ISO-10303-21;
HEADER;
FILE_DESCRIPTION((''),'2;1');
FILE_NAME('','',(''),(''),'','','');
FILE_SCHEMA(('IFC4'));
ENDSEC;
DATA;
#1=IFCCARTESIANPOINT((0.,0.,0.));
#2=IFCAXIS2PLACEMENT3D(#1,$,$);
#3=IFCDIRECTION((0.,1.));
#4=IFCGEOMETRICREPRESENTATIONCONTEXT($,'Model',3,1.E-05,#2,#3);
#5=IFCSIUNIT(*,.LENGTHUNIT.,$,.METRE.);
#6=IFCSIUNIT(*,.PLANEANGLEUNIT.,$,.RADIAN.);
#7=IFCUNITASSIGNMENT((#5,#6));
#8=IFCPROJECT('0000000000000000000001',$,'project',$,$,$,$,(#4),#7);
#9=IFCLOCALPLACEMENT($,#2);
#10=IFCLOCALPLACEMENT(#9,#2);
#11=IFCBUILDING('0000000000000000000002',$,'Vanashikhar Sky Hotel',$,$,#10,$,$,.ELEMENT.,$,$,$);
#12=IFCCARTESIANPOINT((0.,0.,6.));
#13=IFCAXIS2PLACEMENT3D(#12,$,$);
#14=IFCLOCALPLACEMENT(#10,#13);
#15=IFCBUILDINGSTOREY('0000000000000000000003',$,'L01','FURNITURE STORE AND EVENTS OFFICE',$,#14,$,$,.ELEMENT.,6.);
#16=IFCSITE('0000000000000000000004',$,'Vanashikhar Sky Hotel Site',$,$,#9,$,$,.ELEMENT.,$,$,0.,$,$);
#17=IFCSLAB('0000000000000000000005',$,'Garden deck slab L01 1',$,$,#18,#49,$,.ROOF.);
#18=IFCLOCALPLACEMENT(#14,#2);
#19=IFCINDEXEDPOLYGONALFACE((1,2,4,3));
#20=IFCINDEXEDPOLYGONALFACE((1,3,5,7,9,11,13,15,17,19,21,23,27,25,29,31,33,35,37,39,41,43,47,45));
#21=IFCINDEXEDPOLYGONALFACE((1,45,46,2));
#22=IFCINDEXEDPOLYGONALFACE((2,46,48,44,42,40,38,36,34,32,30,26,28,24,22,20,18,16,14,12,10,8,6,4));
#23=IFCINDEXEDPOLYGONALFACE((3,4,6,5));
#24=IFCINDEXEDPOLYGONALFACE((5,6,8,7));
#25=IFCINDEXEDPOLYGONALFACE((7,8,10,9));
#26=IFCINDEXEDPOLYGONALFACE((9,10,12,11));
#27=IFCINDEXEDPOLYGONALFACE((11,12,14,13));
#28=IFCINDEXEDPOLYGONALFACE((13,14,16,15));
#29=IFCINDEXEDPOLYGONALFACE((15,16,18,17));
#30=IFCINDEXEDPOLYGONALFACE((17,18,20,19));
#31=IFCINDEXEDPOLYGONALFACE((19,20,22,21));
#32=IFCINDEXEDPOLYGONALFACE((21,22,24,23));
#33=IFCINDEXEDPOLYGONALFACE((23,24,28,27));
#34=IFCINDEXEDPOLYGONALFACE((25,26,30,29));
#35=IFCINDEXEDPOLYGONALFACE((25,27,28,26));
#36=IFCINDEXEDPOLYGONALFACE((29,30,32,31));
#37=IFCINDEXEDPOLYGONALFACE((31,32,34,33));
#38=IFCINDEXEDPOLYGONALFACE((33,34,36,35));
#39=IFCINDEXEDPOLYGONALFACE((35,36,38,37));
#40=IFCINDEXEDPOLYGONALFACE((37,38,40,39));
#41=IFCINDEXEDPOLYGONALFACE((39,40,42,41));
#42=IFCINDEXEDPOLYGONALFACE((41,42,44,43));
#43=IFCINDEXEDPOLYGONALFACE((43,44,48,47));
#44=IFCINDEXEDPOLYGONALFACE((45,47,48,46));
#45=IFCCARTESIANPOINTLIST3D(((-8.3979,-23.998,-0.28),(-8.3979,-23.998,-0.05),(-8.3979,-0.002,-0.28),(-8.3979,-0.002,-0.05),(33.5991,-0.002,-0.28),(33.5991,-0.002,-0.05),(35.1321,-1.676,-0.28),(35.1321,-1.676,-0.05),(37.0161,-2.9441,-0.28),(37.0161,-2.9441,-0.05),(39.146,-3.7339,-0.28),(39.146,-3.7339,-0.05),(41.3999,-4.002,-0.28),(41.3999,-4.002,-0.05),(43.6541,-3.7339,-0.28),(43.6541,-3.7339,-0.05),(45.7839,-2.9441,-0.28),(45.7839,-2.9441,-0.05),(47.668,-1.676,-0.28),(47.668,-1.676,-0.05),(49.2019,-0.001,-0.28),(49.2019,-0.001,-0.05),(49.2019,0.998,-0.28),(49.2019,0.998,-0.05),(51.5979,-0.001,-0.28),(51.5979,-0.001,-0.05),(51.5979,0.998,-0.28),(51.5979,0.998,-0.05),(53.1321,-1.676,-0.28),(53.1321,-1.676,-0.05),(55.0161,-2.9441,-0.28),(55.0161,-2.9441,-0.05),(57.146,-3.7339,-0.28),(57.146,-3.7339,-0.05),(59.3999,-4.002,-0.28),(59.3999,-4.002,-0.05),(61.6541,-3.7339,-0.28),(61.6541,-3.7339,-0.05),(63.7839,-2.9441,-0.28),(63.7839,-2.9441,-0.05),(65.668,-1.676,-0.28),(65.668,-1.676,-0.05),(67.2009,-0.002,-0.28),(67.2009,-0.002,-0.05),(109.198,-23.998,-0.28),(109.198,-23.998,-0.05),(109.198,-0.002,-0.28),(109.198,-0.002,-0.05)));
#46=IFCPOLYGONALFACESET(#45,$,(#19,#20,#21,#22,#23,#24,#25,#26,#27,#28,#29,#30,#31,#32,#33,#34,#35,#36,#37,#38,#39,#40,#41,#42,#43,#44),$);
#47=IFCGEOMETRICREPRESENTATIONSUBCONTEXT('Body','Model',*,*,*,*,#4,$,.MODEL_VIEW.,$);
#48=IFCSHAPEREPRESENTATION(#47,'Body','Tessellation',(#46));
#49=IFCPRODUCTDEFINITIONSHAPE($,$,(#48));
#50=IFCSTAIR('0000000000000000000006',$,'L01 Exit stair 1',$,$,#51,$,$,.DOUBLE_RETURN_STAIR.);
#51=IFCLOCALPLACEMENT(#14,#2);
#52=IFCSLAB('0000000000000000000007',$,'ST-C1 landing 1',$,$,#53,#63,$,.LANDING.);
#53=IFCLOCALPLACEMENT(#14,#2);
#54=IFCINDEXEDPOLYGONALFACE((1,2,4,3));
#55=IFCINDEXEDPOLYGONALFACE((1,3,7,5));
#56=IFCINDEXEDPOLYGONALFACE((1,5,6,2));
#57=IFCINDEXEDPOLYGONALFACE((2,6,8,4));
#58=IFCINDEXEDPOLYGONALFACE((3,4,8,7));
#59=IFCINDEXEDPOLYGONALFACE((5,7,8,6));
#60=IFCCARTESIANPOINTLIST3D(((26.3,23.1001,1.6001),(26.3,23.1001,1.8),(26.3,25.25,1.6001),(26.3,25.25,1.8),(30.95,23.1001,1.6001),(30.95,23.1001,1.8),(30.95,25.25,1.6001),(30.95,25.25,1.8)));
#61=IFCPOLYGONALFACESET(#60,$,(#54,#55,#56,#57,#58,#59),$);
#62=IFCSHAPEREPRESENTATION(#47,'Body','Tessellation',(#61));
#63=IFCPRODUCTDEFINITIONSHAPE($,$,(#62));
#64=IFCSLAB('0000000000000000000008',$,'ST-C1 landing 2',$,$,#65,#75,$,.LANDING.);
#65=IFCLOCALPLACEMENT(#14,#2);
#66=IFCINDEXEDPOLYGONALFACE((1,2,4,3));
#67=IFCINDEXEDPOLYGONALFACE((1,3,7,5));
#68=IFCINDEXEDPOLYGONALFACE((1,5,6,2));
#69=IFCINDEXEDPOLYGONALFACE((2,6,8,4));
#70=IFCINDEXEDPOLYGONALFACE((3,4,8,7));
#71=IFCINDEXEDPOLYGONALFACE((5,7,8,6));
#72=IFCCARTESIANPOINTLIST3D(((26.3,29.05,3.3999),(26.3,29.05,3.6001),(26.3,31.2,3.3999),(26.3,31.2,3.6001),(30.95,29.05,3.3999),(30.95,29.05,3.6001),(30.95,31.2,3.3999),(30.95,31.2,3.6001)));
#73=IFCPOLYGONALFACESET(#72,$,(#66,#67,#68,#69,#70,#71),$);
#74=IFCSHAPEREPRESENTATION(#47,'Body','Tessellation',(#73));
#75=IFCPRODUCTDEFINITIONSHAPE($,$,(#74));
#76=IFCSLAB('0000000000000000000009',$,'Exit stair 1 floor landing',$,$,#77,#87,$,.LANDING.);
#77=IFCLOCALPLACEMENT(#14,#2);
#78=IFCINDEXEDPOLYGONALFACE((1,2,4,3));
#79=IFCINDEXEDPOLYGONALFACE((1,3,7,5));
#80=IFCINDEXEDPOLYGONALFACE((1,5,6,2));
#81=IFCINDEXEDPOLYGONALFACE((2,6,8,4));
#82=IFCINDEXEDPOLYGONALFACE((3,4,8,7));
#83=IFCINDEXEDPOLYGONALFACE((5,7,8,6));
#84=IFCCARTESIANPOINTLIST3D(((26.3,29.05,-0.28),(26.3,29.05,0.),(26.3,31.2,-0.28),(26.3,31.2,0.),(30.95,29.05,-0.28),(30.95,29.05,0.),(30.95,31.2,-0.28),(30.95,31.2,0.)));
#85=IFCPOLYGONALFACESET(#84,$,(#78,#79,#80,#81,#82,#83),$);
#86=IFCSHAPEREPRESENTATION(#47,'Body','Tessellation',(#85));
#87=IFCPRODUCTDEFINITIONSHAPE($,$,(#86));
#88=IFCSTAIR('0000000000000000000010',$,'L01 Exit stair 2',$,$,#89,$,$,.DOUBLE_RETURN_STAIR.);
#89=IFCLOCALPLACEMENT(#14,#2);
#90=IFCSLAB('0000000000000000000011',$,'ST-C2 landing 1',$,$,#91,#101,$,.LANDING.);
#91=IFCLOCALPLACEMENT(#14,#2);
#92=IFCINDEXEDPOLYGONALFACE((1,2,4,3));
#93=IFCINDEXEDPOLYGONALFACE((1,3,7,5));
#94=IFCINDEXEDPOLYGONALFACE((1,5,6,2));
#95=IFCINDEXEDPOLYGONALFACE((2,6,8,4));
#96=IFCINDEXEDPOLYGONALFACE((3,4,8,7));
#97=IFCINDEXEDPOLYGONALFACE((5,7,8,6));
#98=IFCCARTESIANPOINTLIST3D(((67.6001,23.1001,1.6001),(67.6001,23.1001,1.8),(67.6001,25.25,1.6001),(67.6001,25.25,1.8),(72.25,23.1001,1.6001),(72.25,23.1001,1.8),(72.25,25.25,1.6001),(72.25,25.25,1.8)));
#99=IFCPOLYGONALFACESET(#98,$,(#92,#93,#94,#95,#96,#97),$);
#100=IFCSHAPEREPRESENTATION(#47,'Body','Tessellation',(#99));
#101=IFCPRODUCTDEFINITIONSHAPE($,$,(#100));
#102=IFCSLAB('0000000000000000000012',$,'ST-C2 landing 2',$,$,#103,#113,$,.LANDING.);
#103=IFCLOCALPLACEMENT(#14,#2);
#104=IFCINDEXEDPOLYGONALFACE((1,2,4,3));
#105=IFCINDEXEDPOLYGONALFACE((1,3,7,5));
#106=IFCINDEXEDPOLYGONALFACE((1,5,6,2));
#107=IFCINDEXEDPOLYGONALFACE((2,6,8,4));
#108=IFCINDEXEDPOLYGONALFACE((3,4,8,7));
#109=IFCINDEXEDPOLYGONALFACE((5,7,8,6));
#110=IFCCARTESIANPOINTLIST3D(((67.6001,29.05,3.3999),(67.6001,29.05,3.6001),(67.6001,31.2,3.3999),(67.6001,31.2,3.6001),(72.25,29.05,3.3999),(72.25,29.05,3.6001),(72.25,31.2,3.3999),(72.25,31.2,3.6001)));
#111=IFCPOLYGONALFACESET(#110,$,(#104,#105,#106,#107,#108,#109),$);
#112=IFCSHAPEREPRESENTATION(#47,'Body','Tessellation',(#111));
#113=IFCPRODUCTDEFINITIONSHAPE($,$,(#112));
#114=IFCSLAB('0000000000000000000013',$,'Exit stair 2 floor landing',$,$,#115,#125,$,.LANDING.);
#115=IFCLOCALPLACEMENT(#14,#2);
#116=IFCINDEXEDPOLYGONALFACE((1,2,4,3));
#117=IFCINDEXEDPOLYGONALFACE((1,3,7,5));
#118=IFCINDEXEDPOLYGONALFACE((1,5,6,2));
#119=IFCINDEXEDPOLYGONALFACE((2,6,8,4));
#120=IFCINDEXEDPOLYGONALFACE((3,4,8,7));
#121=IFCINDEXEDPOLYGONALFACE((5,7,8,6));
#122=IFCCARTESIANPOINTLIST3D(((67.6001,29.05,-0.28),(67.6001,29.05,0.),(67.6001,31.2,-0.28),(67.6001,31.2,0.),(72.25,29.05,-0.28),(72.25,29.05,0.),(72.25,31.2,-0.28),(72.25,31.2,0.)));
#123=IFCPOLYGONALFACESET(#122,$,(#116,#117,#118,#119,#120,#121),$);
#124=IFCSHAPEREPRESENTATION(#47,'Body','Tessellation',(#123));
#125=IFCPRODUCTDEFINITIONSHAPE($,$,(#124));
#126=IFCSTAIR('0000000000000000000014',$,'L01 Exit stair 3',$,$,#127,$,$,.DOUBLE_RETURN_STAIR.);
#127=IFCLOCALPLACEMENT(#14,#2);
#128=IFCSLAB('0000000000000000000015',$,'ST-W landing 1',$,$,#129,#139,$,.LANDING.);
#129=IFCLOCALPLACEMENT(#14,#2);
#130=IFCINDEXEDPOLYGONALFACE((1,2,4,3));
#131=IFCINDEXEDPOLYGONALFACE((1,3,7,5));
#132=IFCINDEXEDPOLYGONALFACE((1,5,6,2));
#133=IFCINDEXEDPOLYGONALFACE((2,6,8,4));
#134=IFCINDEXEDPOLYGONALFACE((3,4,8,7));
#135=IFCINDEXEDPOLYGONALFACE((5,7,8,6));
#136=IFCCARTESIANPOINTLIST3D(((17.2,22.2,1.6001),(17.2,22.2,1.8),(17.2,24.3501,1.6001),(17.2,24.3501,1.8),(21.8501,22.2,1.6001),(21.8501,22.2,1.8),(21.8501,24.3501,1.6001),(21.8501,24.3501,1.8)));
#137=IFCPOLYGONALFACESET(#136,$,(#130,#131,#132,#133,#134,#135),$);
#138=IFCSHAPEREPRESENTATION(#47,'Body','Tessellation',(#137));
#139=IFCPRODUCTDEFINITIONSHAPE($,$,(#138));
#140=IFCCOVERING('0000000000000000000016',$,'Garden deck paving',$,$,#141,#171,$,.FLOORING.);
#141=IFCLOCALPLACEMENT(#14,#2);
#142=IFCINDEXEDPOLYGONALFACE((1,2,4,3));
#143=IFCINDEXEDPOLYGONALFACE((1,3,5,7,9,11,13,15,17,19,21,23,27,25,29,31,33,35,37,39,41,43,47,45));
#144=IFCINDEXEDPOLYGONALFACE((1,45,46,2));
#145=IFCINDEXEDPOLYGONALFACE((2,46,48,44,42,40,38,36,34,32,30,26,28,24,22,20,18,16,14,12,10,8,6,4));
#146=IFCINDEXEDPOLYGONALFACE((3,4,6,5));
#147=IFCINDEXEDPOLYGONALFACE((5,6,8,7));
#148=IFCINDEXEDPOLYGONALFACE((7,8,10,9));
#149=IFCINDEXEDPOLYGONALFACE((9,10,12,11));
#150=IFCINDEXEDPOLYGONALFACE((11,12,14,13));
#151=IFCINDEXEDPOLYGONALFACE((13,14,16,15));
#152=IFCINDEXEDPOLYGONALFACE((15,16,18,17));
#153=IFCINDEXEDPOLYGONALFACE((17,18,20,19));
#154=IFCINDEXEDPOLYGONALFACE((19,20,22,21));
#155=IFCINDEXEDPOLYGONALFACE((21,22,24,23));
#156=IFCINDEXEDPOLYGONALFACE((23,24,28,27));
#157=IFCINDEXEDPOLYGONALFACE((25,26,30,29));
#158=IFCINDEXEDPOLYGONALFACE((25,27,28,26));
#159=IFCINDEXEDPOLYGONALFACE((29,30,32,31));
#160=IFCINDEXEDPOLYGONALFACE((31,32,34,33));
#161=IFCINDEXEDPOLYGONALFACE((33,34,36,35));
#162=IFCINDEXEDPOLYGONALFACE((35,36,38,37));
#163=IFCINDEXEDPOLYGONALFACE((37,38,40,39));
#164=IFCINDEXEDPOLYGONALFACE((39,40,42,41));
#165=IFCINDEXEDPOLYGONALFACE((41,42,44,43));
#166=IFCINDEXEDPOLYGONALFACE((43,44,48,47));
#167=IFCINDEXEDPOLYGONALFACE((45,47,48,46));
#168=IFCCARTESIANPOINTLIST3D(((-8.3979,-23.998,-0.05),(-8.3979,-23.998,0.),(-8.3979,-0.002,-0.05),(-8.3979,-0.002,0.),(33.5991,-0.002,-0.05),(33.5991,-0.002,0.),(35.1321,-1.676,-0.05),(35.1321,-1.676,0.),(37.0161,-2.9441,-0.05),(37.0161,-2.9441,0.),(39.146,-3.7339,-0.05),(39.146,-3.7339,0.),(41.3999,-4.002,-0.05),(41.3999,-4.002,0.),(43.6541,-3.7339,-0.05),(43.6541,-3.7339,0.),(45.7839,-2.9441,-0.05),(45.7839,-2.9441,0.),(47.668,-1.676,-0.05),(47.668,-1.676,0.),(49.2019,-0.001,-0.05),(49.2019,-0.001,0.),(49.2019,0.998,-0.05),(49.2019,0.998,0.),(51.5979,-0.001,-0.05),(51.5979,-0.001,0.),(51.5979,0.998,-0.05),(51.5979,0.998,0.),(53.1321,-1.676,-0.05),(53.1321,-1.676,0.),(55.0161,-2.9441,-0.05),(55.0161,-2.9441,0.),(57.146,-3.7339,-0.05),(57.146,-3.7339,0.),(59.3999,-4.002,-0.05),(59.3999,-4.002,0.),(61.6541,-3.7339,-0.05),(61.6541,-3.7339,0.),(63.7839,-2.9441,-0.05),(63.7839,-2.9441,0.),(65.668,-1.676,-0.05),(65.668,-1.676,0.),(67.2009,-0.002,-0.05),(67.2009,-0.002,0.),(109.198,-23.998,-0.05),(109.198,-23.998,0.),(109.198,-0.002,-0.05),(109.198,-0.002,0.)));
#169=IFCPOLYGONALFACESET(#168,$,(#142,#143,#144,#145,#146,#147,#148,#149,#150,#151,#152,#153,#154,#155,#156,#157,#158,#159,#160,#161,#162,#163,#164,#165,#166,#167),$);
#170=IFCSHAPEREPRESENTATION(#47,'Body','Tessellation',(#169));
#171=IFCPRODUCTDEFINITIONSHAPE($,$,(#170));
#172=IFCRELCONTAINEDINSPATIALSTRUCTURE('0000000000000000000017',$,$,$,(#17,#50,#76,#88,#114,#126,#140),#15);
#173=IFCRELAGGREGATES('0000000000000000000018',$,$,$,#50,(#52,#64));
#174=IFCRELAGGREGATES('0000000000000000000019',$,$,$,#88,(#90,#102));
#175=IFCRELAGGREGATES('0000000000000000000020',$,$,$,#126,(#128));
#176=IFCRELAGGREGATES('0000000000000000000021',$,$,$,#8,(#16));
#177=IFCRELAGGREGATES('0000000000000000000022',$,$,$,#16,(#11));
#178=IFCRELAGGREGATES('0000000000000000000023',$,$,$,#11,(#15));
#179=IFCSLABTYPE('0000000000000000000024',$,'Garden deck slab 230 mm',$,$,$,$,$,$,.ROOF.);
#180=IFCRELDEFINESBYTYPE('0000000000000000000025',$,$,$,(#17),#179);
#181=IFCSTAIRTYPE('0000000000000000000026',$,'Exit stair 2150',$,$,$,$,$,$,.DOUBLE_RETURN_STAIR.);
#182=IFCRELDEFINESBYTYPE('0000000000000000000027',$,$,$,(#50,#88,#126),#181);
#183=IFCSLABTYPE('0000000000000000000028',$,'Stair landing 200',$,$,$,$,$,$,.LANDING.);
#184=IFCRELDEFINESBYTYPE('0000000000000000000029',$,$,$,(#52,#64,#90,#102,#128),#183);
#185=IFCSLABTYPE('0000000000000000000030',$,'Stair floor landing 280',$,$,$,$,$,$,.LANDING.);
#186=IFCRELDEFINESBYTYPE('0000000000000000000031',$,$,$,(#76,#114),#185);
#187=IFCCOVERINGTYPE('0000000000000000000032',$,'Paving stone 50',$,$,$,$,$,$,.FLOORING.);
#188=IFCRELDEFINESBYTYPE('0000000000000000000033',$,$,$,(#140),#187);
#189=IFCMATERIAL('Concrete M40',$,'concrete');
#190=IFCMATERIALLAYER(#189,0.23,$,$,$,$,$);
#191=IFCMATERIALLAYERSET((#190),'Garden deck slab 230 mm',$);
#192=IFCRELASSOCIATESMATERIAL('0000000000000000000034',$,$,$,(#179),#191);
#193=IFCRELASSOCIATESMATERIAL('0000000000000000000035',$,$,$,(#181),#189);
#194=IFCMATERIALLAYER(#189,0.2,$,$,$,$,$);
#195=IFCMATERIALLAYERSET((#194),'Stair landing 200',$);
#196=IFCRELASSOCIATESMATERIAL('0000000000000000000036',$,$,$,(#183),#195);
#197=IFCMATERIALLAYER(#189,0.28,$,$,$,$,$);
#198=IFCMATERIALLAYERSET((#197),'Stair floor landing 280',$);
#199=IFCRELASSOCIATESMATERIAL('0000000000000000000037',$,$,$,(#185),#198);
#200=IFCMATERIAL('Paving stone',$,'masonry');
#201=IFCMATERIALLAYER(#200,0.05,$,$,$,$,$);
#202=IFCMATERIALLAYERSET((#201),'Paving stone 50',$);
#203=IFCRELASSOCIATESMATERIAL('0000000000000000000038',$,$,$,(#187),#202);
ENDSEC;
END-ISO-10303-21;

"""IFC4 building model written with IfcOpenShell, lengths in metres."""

from ifc_helpers import new_model, si_unit, direction, frame, origin, place, context, subcontext, project, spatial, polyline, outline, extrude, source, transform, mapped, material, layer, layer_set, type_object, element, aggregate, save


model = new_model("IFC4")

# Units and contexts
model_context = context("Model", 3, precision=1e-05, world=origin(), true_north=direction((0.0, 1.0)))
body_context = subcontext(model_context, "Body", "Model", "MODEL_VIEW")
ifc_project = project(units=[si_unit("LENGTHUNIT", "METRE"), si_unit("PLANEANGLEUNIT", "RADIAN")], contexts=[model_context])

# Site, building, storey
site_placement = place(None, origin())
site = spatial("IfcSite", under=ifc_project, at=site_placement, Name="Vanashikhar Sky Hotel Site", CompositionType="ELEMENT", RefElevation=0.0)
building_placement = place(site_placement, origin())
building = spatial("IfcBuilding", under=site, at=building_placement, Name="Vanashikhar Sky Hotel", CompositionType="ELEMENT")
storey_placement = place(building_placement, frame((0.0, 0.0, 6.0)))
storey = spatial("IfcBuildingStorey", under=building, at=storey_placement, Name="L01", Description="FURNITURE STORE AND EVENTS OFFICE", CompositionType="ELEMENT", Elevation=6.0)

# Slab
ifc_material_1 = material(Name="Concrete M40", Category="concrete")
ifc_layer_1 = layer(ifc_material_1, 0.23)
ifc_layer_set_1 = layer_set([ifc_layer_1], Name="Garden deck slab 230 mm")
slab_type_1 = type_object("IfcSlabType", Name="Garden deck slab 230 mm", PredefinedType="ROOF", material=ifc_layer_set_1)
shared_shape_1 = source(origin(), body_context, "Body", "SweptSolid", [
    extrude(outline(polyline([(109.198, -0.002), (67.2009, -0.002), (65.668, -1.676), (63.7839, -2.9441), (61.6541, -3.7339), (59.3999, -4.002), (57.146, -3.7339), (55.0161, -2.9441), (53.1321, -1.676), (51.5979, -0.001), (51.5979, 0.998), (49.2019, 0.998), (49.2019, -0.001), (47.668, -1.676), (45.7839, -2.9441), (43.6541, -3.7339), (41.3999, -4.002), (39.146, -3.7339), (37.0161, -2.9441), (35.1321, -1.676), (33.5991, -0.002), (-8.3979, -0.002), (-8.3979, -23.998), (109.198, -23.998), (109.198, -0.002)])), origin(), (0.0, 0.0, 1.0), 0.23),
])
slab_1_placement = place(storey_placement, frame((0.0, 0.0, -0.28)))
element("IfcSlab", 1, at=slab_1_placement, inside=storey, type_object=slab_type_1, Name="Garden deck slab L01 1", PredefinedType="ROOF", context=body_context, shape_type="MappedRepresentation", body=[
    mapped(shared_shape_1, transform((0.0, 0.0, 0.0), scale=1.0)),
])

# Stair, slabs
stair_type = type_object("IfcStairType", Name="Exit stair 2150", PredefinedType="DOUBLE_RETURN_STAIR", material=ifc_material_1)
stair_1_placement = place(storey_placement, origin())
stair_1 = element("IfcStair", 2, at=stair_1_placement, inside=storey, type_object=stair_type, Name="L01 Exit stair 1", PredefinedType="DOUBLE_RETURN_STAIR")
ifc_layer_2 = layer(ifc_material_1, 0.2)
ifc_layer_set_2 = layer_set([ifc_layer_2], Name="Stair landing 200")
slab_type_2 = type_object("IfcSlabType", Name="Stair landing 200", PredefinedType="LANDING", material=ifc_layer_set_2)
shared_shape_2 = source(origin(), body_context, "Body", "SweptSolid", [
    extrude(outline(polyline([(30.95, 23.1001), (30.95, 25.25), (26.3, 25.25), (26.3, 23.1001), (30.95, 23.1001)])), origin(), (0.0, 0.0, 1.0), 0.2),
])
slab_2_placement = place(storey_placement, frame((0.0, 0.0, 1.6001)))
slab_2 = element("IfcSlab", 3, at=slab_2_placement, type_object=slab_type_2, Name="ST-C1 landing 1", PredefinedType="LANDING", context=body_context, shape_type="MappedRepresentation", body=[
    mapped(shared_shape_2, transform((0.0, 0.0, 0.0), scale=1.0)),
])
shared_shape_3 = source(origin(), body_context, "Body", "SweptSolid", [
    extrude(outline(polyline([(30.95, 29.05), (30.95, 31.2), (26.3, 31.2), (26.3, 29.05), (30.95, 29.05)])), origin(), (0.0, 0.0, 1.0), 0.2002),
])
slab_3_placement = place(storey_placement, frame((0.0, 0.0, 3.3999)))
slab_3 = element("IfcSlab", 4, at=slab_3_placement, type_object=slab_type_2, Name="ST-C1 landing 2", PredefinedType="LANDING", context=body_context, shape_type="MappedRepresentation", body=[
    mapped(shared_shape_3, transform((0.0, 0.0, 0.0), scale=1.0)),
])
aggregate(stair_1, [slab_2, slab_3])

# Slab
ifc_layer_3 = layer(ifc_material_1, 0.28)
ifc_layer_set_3 = layer_set([ifc_layer_3], Name="Stair floor landing 280")
slab_type_3 = type_object("IfcSlabType", Name="Stair floor landing 280", PredefinedType="LANDING", material=ifc_layer_set_3)
shared_shape_4 = source(origin(), body_context, "Body", "SweptSolid", [
    extrude(outline(polyline([(30.95, 29.05), (30.95, 31.2), (26.3, 31.2), (26.3, 29.05), (30.95, 29.05)])), origin(), (0.0, 0.0, 1.0), 0.28),
])
slab_4_placement = place(storey_placement, frame((0.0, 0.0, -0.28)))
element("IfcSlab", 5, at=slab_4_placement, inside=storey, type_object=slab_type_3, Name="Exit stair 1 floor landing", PredefinedType="LANDING", context=body_context, shape_type="MappedRepresentation", body=[
    mapped(shared_shape_4, transform((0.0, 0.0, 0.0), scale=1.0)),
])

# Stair, slabs
stair_2_placement = place(storey_placement, origin())
stair_2 = element("IfcStair", 6, at=stair_2_placement, inside=storey, type_object=stair_type, Name="L01 Exit stair 2", PredefinedType="DOUBLE_RETURN_STAIR")
shared_shape_5 = source(origin(), body_context, "Body", "SweptSolid", [
    extrude(outline(polyline([(72.25, 23.1001), (72.25, 25.25), (67.6001, 25.25), (67.6001, 23.1001), (72.25, 23.1001)])), origin(), (0.0, 0.0, 1.0), 0.2),
])
slab_5_placement = place(storey_placement, frame((0.0, 0.0, 1.6001)))
slab_5 = element("IfcSlab", 7, at=slab_5_placement, type_object=slab_type_2, Name="ST-C2 landing 1", PredefinedType="LANDING", context=body_context, shape_type="MappedRepresentation", body=[
    mapped(shared_shape_5, transform((0.0, 0.0, 0.0), scale=1.0)),
])
shared_shape_6 = source(origin(), body_context, "Body", "SweptSolid", [
    extrude(outline(polyline([(72.25, 29.05), (72.25, 31.2), (67.6001, 31.2), (67.6001, 29.05), (72.25, 29.05)])), origin(), (0.0, 0.0, 1.0), 0.2002),
])
slab_6_placement = place(storey_placement, frame((0.0, 0.0, 3.3999)))
slab_6 = element("IfcSlab", 8, at=slab_6_placement, type_object=slab_type_2, Name="ST-C2 landing 2", PredefinedType="LANDING", context=body_context, shape_type="MappedRepresentation", body=[
    mapped(shared_shape_6, transform((0.0, 0.0, 0.0), scale=1.0)),
])
aggregate(stair_2, [slab_5, slab_6])

# Slab
shared_shape_7 = source(origin(), body_context, "Body", "SweptSolid", [
    extrude(outline(polyline([(72.25, 29.05), (72.25, 31.2), (67.6001, 31.2), (67.6001, 29.05), (72.25, 29.05)])), origin(), (0.0, 0.0, 1.0), 0.28),
])
slab_7_placement = place(storey_placement, frame((0.0, 0.0, -0.28)))
element("IfcSlab", 9, at=slab_7_placement, inside=storey, type_object=slab_type_3, Name="Exit stair 2 floor landing", PredefinedType="LANDING", context=body_context, shape_type="MappedRepresentation", body=[
    mapped(shared_shape_7, transform((0.0, 0.0, 0.0), scale=1.0)),
])

# Stair, slab
stair_3_placement = place(storey_placement, origin())
stair_3 = element("IfcStair", 10, at=stair_3_placement, inside=storey, type_object=stair_type, Name="L01 Exit stair 3", PredefinedType="DOUBLE_RETURN_STAIR")
shared_shape_8 = source(origin(), body_context, "Body", "SweptSolid", [
    extrude(outline(polyline([(21.8501, 22.2), (21.8501, 24.3501), (17.2, 24.3501), (17.2, 22.2), (21.8501, 22.2)])), origin(), (0.0, 0.0, 1.0), 0.2),
])
slab_8_placement = place(storey_placement, frame((0.0, 0.0, 1.6001)))
slab_8 = element("IfcSlab", 11, at=slab_8_placement, type_object=slab_type_2, Name="ST-W landing 1", PredefinedType="LANDING", context=body_context, shape_type="MappedRepresentation", body=[
    mapped(shared_shape_8, transform((0.0, 0.0, 0.0), scale=1.0)),
])
aggregate(stair_3, [slab_8])

# Covering
ifc_material_2 = material(Name="Paving stone", Category="masonry")
ifc_layer_4 = layer(ifc_material_2, 0.05)
ifc_layer_set_4 = layer_set([ifc_layer_4], Name="Paving stone 50")
covering_type_1 = type_object("IfcCoveringType", Name="Paving stone 50", PredefinedType="FLOORING", material=ifc_layer_set_4)
shared_shape_9 = source(origin(), body_context, "Body", "SweptSolid", [
    extrude(outline(polyline([(109.198, -0.002), (67.2009, -0.002), (65.668, -1.676), (63.7839, -2.9441), (61.6541, -3.7339), (59.3999, -4.002), (57.146, -3.7339), (55.0161, -2.9441), (53.1321, -1.676), (51.5979, -0.001), (51.5979, 0.998), (49.2019, 0.998), (49.2019, -0.001), (47.668, -1.676), (45.7839, -2.9441), (43.6541, -3.7339), (41.3999, -4.002), (39.146, -3.7339), (37.0161, -2.9441), (35.1321, -1.676), (33.5991, -0.002), (-8.3979, -0.002), (-8.3979, -23.998), (109.198, -23.998), (109.198, -0.002)])), origin(), (0.0, 0.0, 1.0), 0.05),
])
covering_1_placement = place(storey_placement, frame((0.0, 0.0, -0.05)))
element("IfcCovering", 12, at=covering_1_placement, inside=storey, type_object=covering_type_1, Name="Garden deck paving", PredefinedType="FLOORING", context=body_context, shape_type="MappedRepresentation", body=[
    mapped(shared_shape_9, transform((0.0, 0.0, 0.0), scale=1.0)),
])

save(model, "model.ifc")
